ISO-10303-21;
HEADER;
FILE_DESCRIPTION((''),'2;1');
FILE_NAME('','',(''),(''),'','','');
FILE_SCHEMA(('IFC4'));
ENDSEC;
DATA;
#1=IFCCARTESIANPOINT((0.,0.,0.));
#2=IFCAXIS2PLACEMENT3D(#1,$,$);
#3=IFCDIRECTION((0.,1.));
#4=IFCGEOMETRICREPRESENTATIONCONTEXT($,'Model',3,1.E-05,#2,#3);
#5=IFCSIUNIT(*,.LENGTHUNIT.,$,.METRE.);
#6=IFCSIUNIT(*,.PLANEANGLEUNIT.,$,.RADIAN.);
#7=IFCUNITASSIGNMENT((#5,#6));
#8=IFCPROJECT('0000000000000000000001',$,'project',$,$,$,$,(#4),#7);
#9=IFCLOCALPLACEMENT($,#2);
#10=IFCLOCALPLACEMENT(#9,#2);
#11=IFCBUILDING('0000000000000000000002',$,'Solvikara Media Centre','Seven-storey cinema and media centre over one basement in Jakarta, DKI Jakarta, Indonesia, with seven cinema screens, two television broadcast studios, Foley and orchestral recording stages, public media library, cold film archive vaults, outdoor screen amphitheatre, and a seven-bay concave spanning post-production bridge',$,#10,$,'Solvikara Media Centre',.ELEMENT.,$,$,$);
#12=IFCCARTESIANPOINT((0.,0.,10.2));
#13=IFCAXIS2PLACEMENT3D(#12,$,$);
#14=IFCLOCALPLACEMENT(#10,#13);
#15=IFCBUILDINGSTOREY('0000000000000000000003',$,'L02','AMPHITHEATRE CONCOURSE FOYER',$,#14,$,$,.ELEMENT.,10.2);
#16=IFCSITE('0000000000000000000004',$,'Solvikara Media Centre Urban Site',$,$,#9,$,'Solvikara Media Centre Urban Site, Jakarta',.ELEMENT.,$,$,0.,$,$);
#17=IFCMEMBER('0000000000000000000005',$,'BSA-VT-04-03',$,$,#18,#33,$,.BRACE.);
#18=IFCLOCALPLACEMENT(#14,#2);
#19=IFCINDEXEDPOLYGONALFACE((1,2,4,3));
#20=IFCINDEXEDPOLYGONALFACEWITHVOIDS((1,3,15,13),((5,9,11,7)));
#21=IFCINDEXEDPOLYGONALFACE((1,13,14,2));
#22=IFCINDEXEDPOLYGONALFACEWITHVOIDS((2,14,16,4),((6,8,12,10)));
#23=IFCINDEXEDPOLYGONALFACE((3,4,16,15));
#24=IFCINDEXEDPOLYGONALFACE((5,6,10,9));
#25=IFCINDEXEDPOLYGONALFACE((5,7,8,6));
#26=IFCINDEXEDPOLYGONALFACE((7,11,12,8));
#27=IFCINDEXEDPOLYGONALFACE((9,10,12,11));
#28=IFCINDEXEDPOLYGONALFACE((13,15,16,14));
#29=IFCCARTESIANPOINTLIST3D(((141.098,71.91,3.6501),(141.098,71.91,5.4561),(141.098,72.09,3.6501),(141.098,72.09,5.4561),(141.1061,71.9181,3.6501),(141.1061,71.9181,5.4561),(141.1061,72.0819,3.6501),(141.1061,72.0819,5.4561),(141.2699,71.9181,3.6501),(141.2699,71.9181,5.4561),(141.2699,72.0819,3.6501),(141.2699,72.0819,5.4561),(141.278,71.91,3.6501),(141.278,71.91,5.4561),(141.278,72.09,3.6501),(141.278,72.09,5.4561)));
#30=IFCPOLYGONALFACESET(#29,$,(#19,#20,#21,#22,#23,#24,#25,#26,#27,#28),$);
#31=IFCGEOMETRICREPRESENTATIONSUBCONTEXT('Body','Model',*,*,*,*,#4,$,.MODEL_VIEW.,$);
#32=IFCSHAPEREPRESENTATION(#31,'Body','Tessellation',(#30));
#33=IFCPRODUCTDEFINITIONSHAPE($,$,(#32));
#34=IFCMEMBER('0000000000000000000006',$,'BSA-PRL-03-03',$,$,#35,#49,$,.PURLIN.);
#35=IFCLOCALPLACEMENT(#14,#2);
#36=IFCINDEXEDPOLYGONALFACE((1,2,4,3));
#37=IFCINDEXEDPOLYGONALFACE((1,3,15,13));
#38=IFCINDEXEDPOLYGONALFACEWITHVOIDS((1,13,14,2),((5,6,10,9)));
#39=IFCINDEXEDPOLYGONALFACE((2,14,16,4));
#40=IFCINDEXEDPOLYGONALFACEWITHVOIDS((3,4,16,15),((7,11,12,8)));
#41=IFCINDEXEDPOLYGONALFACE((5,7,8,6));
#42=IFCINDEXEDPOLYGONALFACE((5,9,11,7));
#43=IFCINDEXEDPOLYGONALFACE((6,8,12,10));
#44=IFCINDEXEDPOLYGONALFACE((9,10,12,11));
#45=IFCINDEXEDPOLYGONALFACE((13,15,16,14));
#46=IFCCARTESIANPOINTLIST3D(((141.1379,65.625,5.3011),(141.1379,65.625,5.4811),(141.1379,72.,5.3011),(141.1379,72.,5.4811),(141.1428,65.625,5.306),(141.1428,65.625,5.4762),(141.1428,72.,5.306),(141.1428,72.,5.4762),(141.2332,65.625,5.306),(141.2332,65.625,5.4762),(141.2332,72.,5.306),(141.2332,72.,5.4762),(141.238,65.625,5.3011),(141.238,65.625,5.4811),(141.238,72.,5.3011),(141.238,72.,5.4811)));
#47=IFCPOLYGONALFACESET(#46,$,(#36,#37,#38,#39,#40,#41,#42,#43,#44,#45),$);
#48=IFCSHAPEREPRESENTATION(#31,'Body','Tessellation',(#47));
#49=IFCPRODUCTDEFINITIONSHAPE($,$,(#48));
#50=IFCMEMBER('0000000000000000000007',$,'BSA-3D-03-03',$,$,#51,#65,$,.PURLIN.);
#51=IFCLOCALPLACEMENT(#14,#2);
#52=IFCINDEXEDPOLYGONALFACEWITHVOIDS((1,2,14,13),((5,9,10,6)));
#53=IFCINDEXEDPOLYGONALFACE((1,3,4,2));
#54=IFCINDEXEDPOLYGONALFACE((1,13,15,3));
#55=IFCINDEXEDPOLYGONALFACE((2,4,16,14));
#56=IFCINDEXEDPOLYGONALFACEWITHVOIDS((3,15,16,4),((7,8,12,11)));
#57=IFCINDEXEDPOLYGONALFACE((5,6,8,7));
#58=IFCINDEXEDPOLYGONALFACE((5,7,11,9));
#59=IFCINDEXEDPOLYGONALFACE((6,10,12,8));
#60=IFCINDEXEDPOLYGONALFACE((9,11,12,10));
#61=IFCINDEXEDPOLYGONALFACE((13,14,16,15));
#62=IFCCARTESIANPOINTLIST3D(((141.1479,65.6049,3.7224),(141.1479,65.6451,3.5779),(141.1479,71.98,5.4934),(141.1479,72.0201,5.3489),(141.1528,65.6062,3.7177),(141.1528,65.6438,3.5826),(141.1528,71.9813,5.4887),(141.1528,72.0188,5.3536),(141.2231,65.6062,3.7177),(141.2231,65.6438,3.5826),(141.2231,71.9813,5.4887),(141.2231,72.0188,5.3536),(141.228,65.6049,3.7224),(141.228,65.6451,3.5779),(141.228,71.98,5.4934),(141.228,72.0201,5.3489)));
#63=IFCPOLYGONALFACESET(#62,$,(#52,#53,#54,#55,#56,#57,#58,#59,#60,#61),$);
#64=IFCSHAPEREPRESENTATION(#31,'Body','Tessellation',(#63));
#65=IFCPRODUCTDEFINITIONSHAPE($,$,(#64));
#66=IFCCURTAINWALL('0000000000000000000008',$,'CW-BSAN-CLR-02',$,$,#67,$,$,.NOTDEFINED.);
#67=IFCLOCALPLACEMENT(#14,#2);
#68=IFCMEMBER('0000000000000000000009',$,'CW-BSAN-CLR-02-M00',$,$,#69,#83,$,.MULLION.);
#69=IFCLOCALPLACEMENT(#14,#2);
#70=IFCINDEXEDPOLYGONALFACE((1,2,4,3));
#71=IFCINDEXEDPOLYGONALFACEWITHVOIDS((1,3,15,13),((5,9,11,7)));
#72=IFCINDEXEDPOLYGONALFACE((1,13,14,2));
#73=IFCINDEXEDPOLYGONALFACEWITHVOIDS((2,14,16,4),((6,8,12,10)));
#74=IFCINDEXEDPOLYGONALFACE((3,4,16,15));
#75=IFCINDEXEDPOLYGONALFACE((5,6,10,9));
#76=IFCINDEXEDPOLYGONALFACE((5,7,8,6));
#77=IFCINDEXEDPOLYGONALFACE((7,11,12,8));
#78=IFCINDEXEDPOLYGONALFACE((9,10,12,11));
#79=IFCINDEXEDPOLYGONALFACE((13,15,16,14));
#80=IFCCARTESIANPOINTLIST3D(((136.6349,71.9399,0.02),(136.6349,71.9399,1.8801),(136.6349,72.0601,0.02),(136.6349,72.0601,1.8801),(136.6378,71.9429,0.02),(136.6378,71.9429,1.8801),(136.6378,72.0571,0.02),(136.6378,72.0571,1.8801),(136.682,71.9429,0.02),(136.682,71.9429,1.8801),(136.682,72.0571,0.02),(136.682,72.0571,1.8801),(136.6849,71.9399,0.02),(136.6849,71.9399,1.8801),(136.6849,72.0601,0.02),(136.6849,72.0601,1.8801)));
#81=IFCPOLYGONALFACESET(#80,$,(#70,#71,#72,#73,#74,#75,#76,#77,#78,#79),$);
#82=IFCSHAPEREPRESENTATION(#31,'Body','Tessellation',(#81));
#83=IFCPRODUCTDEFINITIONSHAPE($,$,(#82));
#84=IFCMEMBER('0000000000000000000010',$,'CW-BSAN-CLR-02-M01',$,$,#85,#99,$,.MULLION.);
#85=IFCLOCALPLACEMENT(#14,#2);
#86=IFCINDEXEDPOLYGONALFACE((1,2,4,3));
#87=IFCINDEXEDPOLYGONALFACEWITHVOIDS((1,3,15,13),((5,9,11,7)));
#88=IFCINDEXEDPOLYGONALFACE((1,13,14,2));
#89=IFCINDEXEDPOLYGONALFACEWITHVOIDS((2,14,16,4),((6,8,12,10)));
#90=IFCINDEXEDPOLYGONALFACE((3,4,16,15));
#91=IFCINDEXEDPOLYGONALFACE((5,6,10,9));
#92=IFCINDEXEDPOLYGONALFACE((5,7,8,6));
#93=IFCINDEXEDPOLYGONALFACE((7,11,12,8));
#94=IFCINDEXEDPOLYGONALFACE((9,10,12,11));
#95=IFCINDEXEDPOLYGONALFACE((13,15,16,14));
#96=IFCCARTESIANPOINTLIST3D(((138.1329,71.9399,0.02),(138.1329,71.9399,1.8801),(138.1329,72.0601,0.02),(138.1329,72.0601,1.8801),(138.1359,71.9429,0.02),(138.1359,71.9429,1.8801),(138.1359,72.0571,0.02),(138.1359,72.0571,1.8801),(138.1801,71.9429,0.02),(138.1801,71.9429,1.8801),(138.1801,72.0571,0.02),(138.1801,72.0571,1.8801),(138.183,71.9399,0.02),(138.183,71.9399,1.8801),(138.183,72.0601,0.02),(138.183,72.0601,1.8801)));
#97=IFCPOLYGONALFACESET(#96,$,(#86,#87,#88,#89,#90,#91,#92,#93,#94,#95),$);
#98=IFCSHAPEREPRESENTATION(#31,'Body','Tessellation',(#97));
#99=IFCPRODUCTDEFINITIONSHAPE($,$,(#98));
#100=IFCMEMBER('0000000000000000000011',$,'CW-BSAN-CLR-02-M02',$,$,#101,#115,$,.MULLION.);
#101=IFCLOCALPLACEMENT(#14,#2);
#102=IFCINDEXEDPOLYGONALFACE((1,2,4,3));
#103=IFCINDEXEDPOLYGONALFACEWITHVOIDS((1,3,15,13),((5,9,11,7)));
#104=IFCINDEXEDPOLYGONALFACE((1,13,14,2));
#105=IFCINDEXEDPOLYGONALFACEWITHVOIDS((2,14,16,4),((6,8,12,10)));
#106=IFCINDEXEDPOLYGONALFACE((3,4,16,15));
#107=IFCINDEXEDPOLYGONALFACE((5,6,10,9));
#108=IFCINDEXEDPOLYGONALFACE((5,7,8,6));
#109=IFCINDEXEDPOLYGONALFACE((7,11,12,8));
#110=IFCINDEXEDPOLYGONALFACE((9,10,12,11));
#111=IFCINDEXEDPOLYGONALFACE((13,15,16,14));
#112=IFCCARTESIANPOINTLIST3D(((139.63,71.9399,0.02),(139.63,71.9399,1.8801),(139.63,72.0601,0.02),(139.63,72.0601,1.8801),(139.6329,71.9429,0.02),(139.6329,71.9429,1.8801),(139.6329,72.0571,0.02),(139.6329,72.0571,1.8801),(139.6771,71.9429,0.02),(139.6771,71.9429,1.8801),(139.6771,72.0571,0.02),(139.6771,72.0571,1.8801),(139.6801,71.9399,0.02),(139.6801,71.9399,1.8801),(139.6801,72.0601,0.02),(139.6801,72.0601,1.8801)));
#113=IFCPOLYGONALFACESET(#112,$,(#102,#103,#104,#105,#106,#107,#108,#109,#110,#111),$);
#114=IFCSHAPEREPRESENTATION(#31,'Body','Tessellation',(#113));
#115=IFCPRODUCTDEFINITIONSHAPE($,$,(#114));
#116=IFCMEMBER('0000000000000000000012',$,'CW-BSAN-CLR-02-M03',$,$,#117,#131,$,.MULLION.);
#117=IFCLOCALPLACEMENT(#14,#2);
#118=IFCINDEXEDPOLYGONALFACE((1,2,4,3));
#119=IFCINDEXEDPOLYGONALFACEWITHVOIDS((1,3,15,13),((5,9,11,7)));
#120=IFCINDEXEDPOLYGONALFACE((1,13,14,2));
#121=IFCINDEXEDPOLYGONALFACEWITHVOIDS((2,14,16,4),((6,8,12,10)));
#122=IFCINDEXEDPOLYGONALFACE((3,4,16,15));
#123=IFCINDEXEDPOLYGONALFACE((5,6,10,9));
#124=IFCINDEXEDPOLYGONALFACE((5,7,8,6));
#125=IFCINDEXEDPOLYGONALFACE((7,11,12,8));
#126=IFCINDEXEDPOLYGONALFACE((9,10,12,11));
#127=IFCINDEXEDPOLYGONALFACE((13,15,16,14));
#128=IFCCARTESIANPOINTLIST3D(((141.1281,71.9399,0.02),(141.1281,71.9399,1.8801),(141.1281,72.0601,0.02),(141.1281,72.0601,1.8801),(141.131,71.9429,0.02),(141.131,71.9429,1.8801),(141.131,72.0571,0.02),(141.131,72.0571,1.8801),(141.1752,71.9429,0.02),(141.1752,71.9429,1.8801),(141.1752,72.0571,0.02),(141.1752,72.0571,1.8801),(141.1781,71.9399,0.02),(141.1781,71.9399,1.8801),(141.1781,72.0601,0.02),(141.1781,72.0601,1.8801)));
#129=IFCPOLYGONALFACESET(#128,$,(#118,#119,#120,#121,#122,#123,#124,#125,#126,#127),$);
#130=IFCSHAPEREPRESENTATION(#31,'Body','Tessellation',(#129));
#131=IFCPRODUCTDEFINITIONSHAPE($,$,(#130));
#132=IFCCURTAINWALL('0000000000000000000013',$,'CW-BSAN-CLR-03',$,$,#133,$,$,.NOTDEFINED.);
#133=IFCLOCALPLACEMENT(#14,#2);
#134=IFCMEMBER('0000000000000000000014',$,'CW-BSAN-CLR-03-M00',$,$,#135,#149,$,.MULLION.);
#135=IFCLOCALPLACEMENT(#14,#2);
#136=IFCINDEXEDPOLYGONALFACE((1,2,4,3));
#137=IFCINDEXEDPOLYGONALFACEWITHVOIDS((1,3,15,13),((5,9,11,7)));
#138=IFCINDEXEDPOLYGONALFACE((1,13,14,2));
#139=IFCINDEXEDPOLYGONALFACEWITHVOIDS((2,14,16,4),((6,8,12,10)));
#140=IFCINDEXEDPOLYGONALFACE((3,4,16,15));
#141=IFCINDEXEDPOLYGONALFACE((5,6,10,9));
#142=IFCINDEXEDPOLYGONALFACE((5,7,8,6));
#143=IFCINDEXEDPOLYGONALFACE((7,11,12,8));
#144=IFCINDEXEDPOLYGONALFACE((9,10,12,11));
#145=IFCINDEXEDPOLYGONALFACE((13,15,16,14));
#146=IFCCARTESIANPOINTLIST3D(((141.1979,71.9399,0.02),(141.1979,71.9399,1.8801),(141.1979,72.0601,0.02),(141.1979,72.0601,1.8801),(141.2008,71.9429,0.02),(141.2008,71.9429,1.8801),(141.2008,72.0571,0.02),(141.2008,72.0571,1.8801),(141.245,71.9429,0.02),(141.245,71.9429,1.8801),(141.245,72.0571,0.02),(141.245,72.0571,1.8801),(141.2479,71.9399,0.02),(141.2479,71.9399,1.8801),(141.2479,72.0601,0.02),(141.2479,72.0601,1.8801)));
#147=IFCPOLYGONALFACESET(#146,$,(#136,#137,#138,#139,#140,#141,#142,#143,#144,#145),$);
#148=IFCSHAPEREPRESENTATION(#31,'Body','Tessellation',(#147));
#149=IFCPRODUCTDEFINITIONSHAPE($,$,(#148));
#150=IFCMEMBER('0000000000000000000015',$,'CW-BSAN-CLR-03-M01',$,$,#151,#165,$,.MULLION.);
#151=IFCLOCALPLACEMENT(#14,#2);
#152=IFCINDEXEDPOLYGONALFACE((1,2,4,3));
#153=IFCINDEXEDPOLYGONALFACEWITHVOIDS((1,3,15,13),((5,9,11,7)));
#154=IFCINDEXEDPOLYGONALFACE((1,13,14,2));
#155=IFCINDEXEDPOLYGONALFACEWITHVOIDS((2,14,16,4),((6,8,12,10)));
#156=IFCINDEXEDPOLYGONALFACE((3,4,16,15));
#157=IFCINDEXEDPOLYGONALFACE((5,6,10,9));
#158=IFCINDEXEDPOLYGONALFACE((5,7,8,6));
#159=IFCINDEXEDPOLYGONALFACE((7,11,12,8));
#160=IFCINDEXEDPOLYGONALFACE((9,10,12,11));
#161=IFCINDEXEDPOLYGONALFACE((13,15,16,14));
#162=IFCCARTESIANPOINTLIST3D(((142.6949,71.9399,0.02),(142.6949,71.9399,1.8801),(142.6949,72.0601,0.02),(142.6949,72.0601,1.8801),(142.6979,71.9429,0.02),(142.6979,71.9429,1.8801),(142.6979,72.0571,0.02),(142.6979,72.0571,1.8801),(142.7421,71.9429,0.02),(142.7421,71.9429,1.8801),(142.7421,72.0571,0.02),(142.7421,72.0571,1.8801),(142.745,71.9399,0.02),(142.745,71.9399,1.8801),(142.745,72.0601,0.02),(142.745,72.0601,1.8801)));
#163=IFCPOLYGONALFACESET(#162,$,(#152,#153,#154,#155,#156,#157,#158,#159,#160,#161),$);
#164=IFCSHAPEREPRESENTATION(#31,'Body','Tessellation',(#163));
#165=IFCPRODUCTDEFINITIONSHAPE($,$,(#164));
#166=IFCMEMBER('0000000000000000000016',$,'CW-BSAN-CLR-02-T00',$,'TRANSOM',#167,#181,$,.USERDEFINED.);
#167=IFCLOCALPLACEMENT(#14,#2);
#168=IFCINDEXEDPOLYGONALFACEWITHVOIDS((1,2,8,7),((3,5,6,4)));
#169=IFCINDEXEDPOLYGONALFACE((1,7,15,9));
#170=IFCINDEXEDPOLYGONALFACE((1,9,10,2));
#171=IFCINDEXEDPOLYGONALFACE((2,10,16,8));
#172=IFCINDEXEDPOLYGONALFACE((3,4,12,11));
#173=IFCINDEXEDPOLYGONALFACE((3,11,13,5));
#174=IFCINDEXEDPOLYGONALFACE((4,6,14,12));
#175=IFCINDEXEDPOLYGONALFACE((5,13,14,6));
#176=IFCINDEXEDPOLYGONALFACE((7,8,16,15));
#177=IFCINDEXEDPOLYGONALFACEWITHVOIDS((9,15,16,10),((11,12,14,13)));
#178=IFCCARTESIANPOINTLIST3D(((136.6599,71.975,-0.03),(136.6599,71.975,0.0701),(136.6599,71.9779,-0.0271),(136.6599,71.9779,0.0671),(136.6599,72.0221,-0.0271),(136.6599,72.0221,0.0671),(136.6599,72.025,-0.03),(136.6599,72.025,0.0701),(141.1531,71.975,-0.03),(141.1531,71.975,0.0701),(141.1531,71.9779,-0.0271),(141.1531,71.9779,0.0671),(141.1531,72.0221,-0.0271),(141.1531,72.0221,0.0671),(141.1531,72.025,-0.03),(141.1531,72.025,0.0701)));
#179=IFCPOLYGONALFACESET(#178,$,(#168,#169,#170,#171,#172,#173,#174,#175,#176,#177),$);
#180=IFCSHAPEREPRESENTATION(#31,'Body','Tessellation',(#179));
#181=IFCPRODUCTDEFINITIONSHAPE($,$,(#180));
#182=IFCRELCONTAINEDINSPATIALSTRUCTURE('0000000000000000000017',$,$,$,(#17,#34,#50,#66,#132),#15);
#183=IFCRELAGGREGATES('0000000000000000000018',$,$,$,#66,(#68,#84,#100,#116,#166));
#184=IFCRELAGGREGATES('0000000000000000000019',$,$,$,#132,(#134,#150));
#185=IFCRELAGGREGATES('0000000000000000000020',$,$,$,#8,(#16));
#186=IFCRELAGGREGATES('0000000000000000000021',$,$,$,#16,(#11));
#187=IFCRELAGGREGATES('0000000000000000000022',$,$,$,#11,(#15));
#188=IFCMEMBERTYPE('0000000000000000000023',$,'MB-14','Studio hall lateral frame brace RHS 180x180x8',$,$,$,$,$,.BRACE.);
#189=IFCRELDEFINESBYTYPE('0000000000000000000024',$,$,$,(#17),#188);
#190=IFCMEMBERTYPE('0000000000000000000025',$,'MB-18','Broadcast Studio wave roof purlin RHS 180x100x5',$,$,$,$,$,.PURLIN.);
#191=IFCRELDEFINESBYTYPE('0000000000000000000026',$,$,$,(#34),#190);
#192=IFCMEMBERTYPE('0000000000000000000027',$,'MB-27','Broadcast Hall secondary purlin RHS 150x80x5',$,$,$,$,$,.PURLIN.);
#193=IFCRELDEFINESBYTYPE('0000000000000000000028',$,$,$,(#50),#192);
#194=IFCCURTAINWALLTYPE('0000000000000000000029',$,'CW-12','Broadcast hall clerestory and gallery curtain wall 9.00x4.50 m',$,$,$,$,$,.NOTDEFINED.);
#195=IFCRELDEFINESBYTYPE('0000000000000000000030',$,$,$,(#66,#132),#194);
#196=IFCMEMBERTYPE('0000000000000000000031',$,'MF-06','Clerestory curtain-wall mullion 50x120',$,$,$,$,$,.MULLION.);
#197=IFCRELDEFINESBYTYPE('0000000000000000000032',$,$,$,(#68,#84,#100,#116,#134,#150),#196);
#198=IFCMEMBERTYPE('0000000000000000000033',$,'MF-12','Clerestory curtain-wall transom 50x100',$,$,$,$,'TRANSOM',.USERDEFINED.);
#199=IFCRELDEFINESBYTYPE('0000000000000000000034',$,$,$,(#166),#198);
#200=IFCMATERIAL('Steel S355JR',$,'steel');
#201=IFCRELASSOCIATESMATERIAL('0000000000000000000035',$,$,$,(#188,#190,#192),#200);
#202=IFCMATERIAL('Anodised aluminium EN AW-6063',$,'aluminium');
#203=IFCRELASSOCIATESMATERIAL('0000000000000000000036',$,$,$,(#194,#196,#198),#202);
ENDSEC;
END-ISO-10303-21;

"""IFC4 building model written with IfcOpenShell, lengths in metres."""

from ifc_helpers import new_model, si_unit, direction, frame, origin, origin_2d, place, context, subcontext, project, spatial, hollow_rectangle, extrude, material, material_profile, profile_set, type_object, element, aggregate, save


model = new_model("IFC4")

# Units and contexts
model_context = context("Model", 3, precision=1e-05, world=origin(), true_north=direction((0.0, 1.0)))
body_context = subcontext(model_context, "Body", "Model", "MODEL_VIEW")
ifc_project = project(units=[si_unit("LENGTHUNIT", "METRE"), si_unit("PLANEANGLEUNIT", "RADIAN")], contexts=[model_context])

# Site, building, storey
site_placement = place(None, origin())
site = spatial("IfcSite", under=ifc_project, at=site_placement, Name="Solvikara Media Centre Urban Site", LongName="Solvikara Media Centre Urban Site, Jakarta", CompositionType="ELEMENT", RefElevation=0.0)
building_placement = place(site_placement, origin())
building = spatial("IfcBuilding", under=site, at=building_placement, Name="Solvikara Media Centre", Description="Seven-storey cinema and media centre over one basement in Jakarta, DKI Jakarta, Indonesia, with seven cinema screens, two television broadcast studios, Foley and orchestral recording stages, public media library, cold film archive vaults, outdoor screen amphitheatre, and a seven-bay concave spanning post-production bridge", LongName="Solvikara Media Centre", CompositionType="ELEMENT")
storey_placement = place(building_placement, frame((0.0, 0.0, 10.2)))
storey = spatial("IfcBuildingStorey", under=building, at=storey_placement, Name="L02", Description="AMPHITHEATRE CONCOURSE FOYER", CompositionType="ELEMENT", Elevation=10.2)

# Members
ifc_material_1 = material(Name="Steel S355JR", Category="steel")
ifc_material_profile_1 = material_profile(ifc_material_1, hollow_rectangle(XDim=0.1799, YDim=0.1799, WallThickness=0.0081, at=origin_2d()), Name="RHS 180x180x8")
ifc_profile_set_1 = profile_set([ifc_material_profile_1], Name="Steel S355JR")
member_type_1 = type_object("IfcMemberType", Name="MB-14", Description="Studio hall lateral frame brace RHS 180x180x8", PredefinedType="BRACE", material=ifc_profile_set_1)
member_1_placement = place(storey_placement, frame((141.188, 72.0, 3.6501), z_axis=(0.0, 0.0, 1.0), x_axis=(1.0, 0.0, 0.0)))
element("IfcMember", 1, at=member_1_placement, inside=storey, type_object=member_type_1, Name="BSA-VT-04-03", PredefinedType="BRACE", context=body_context, shape_type="SweptSolid", body=[
    extrude(hollow_rectangle(XDim=0.1799, YDim=0.1799, WallThickness=0.0081, at=origin_2d()), origin(), (0.0, 0.0, 1.0), 1.8059),
])
ifc_material_profile_2 = material_profile(ifc_material_1, hollow_rectangle(XDim=0.1001, YDim=0.1799, WallThickness=0.0049, at=origin_2d()), Name="RHS 180x100x5")
ifc_profile_set_2 = profile_set([ifc_material_profile_2], Name="Steel S355JR")
member_type_2 = type_object("IfcMemberType", Name="MB-18", Description="Broadcast Studio wave roof purlin RHS 180x100x5", PredefinedType="PURLIN", material=ifc_profile_set_2)
member_2_placement = place(storey_placement, frame((141.188, 65.625, 5.3911), z_axis=(0.0, 1.0, 0.0), x_axis=(-1.0, 0.0, 0.0)))
element("IfcMember", 2, at=member_2_placement, inside=storey, type_object=member_type_2, Name="BSA-PRL-03-03", PredefinedType="PURLIN", context=body_context, shape_type="SweptSolid", body=[
    extrude(hollow_rectangle(XDim=0.1001, YDim=0.1799, WallThickness=0.0049, at=origin_2d()), origin(), (0.0, 0.0, 1.0), 6.375),
])
ifc_material_profile_3 = material_profile(ifc_material_1, hollow_rectangle(XDim=0.0801, YDim=0.1499, WallThickness=0.0049, at=origin_2d()), Name="RHS 150x80x5")
ifc_profile_set_3 = profile_set([ifc_material_profile_3], Name="Steel S355JR")
member_type_3 = type_object("IfcMemberType", Name="MB-27", Description="Broadcast Hall secondary purlin RHS 150x80x5", PredefinedType="PURLIN", material=ifc_profile_set_3)
member_3_placement = place(storey_placement, frame((141.188, 65.625, 3.6501), z_axis=(0.0, 0.963512, 0.267667), x_axis=(-1.0, 0.0, 0.0)))
element("IfcMember", 3, at=member_3_placement, inside=storey, type_object=member_type_3, Name="BSA-3D-03-03", PredefinedType="PURLIN", context=body_context, shape_type="SweptSolid", body=[
    extrude(hollow_rectangle(XDim=0.0801, YDim=0.1499, WallThickness=0.0049, at=origin_2d()), origin(), (0.0, 0.0, 1.0), 6.6165),
])

# Curtain walls, members
ifc_material_2 = material(Name="Anodised aluminium EN AW-6063", Category="aluminium")
curtain_wall_type = type_object("IfcCurtainWallType", Name="CW-12", Description="Broadcast hall clerestory and gallery curtain wall 9.00x4.50 m", PredefinedType="NOTDEFINED", material=ifc_material_2)
curtain_wall_1_placement = place(storey_placement, origin())
curtain_wall_1 = element("IfcCurtainWall", 4, at=curtain_wall_1_placement, inside=storey, type_object=curtain_wall_type, Name="CW-BSAN-CLR-02", PredefinedType="NOTDEFINED")
ifc_material_profile_4 = material_profile(ifc_material_2, hollow_rectangle(XDim=0.05, YDim=0.1201, WallThickness=0.0029, at=origin_2d()), Name="ALU-M 50x120x3")
ifc_profile_set_4 = profile_set([ifc_material_profile_4], Name="Anodised aluminium EN AW-6063")
member_type_4 = type_object("IfcMemberType", Name="MF-06", Description="Clerestory curtain-wall mullion 50x120", PredefinedType="MULLION", material=ifc_profile_set_4)
member_4_placement = place(storey_placement, frame((136.6599, 72.0, 0.02), z_axis=(0.0, 0.0, 1.0), x_axis=(1.0, 0.0, 0.0)))
member_4 = element("IfcMember", 5, at=member_4_placement, type_object=member_type_4, Name="CW-BSAN-CLR-02-M00", PredefinedType="MULLION", context=body_context, shape_type="SweptSolid", body=[
    extrude(hollow_rectangle(XDim=0.05, YDim=0.1201, WallThickness=0.0029, at=origin_2d()), origin(), (0.0, 0.0, 1.0), 1.8601),
])
member_5_placement = place(storey_placement, frame((138.158, 72.0, 0.02), z_axis=(0.0, 0.0, 1.0), x_axis=(1.0, 0.0, 0.0)))
member_5 = element("IfcMember", 6, at=member_5_placement, type_object=member_type_4, Name="CW-BSAN-CLR-02-M01", PredefinedType="MULLION", context=body_context, shape_type="SweptSolid", body=[
    extrude(hollow_rectangle(XDim=0.05, YDim=0.1201, WallThickness=0.0029, at=origin_2d()), origin(), (0.0, 0.0, 1.0), 1.8601),
])
member_6_placement = place(storey_placement, frame((139.655, 72.0, 0.02), z_axis=(0.0, 0.0, 1.0), x_axis=(1.0, 0.0, 0.0)))
member_6 = element("IfcMember", 7, at=member_6_placement, type_object=member_type_4, Name="CW-BSAN-CLR-02-M02", PredefinedType="MULLION", context=body_context, shape_type="SweptSolid", body=[
    extrude(hollow_rectangle(XDim=0.05, YDim=0.1201, WallThickness=0.0029, at=origin_2d()), origin(), (0.0, 0.0, 1.0), 1.8601),
])
member_7_placement = place(storey_placement, frame((141.1531, 72.0, 0.02), z_axis=(0.0, 0.0, 1.0), x_axis=(1.0, 0.0, 0.0)))
member_7 = element("IfcMember", 8, at=member_7_placement, type_object=member_type_4, Name="CW-BSAN-CLR-02-M03", PredefinedType="MULLION", context=body_context, shape_type="SweptSolid", body=[
    extrude(hollow_rectangle(XDim=0.05, YDim=0.1201, WallThickness=0.0029, at=origin_2d()), origin(), (0.0, 0.0, 1.0), 1.8601),
])
curtain_wall_2_placement = place(storey_placement, origin())
curtain_wall_2 = element("IfcCurtainWall", 9, at=curtain_wall_2_placement, inside=storey, type_object=curtain_wall_type, Name="CW-BSAN-CLR-03", PredefinedType="NOTDEFINED")
member_8_placement = place(storey_placement, frame((141.2229, 72.0, 0.02), z_axis=(0.0, 0.0, 1.0), x_axis=(1.0, 0.0, 0.0)))
member_8 = element("IfcMember", 10, at=member_8_placement, type_object=member_type_4, Name="CW-BSAN-CLR-03-M00", PredefinedType="MULLION", context=body_context, shape_type="SweptSolid", body=[
    extrude(hollow_rectangle(XDim=0.05, YDim=0.1201, WallThickness=0.0029, at=origin_2d()), origin(), (0.0, 0.0, 1.0), 1.8601),
])
member_9_placement = place(storey_placement, frame((142.72, 72.0, 0.02), z_axis=(0.0, 0.0, 1.0), x_axis=(1.0, 0.0, 0.0)))
member_9 = element("IfcMember", 11, at=member_9_placement, type_object=member_type_4, Name="CW-BSAN-CLR-03-M01", PredefinedType="MULLION", context=body_context, shape_type="SweptSolid", body=[
    extrude(hollow_rectangle(XDim=0.05, YDim=0.1201, WallThickness=0.0029, at=origin_2d()), origin(), (0.0, 0.0, 1.0), 1.8601),
])

# Member
ifc_material_profile_5 = material_profile(ifc_material_2, hollow_rectangle(XDim=0.05, YDim=0.1001, WallThickness=0.0029, at=origin_2d()), Name="ALU-T 50x100x3")
ifc_profile_set_5 = profile_set([ifc_material_profile_5], Name="Anodised aluminium EN AW-6063")
member_type_5 = type_object("IfcMemberType", Name="MF-12", Description="Clerestory curtain-wall transom 50x100", ElementType="TRANSOM", PredefinedType="USERDEFINED", material=ifc_profile_set_5)
member_10_placement = place(storey_placement, frame((136.6599, 72.0, 0.02), z_axis=(1.0, 0.0, 0.0), x_axis=(0.0, 1.0, 0.0)))
member_10 = element("IfcMember", 12, at=member_10_placement, type_object=member_type_5, Name="CW-BSAN-CLR-02-T00", ObjectType="TRANSOM", PredefinedType="USERDEFINED", context=body_context, shape_type="SweptSolid", body=[
    extrude(hollow_rectangle(XDim=0.05, YDim=0.1001, WallThickness=0.0029, at=origin_2d()), origin(), (0.0, 0.0, 1.0), 4.4932),
])

aggregate(curtain_wall_1, [member_4, member_5, member_6, member_7, member_10])
aggregate(curtain_wall_2, [member_8, member_9])

save(model, "model.ifc")
